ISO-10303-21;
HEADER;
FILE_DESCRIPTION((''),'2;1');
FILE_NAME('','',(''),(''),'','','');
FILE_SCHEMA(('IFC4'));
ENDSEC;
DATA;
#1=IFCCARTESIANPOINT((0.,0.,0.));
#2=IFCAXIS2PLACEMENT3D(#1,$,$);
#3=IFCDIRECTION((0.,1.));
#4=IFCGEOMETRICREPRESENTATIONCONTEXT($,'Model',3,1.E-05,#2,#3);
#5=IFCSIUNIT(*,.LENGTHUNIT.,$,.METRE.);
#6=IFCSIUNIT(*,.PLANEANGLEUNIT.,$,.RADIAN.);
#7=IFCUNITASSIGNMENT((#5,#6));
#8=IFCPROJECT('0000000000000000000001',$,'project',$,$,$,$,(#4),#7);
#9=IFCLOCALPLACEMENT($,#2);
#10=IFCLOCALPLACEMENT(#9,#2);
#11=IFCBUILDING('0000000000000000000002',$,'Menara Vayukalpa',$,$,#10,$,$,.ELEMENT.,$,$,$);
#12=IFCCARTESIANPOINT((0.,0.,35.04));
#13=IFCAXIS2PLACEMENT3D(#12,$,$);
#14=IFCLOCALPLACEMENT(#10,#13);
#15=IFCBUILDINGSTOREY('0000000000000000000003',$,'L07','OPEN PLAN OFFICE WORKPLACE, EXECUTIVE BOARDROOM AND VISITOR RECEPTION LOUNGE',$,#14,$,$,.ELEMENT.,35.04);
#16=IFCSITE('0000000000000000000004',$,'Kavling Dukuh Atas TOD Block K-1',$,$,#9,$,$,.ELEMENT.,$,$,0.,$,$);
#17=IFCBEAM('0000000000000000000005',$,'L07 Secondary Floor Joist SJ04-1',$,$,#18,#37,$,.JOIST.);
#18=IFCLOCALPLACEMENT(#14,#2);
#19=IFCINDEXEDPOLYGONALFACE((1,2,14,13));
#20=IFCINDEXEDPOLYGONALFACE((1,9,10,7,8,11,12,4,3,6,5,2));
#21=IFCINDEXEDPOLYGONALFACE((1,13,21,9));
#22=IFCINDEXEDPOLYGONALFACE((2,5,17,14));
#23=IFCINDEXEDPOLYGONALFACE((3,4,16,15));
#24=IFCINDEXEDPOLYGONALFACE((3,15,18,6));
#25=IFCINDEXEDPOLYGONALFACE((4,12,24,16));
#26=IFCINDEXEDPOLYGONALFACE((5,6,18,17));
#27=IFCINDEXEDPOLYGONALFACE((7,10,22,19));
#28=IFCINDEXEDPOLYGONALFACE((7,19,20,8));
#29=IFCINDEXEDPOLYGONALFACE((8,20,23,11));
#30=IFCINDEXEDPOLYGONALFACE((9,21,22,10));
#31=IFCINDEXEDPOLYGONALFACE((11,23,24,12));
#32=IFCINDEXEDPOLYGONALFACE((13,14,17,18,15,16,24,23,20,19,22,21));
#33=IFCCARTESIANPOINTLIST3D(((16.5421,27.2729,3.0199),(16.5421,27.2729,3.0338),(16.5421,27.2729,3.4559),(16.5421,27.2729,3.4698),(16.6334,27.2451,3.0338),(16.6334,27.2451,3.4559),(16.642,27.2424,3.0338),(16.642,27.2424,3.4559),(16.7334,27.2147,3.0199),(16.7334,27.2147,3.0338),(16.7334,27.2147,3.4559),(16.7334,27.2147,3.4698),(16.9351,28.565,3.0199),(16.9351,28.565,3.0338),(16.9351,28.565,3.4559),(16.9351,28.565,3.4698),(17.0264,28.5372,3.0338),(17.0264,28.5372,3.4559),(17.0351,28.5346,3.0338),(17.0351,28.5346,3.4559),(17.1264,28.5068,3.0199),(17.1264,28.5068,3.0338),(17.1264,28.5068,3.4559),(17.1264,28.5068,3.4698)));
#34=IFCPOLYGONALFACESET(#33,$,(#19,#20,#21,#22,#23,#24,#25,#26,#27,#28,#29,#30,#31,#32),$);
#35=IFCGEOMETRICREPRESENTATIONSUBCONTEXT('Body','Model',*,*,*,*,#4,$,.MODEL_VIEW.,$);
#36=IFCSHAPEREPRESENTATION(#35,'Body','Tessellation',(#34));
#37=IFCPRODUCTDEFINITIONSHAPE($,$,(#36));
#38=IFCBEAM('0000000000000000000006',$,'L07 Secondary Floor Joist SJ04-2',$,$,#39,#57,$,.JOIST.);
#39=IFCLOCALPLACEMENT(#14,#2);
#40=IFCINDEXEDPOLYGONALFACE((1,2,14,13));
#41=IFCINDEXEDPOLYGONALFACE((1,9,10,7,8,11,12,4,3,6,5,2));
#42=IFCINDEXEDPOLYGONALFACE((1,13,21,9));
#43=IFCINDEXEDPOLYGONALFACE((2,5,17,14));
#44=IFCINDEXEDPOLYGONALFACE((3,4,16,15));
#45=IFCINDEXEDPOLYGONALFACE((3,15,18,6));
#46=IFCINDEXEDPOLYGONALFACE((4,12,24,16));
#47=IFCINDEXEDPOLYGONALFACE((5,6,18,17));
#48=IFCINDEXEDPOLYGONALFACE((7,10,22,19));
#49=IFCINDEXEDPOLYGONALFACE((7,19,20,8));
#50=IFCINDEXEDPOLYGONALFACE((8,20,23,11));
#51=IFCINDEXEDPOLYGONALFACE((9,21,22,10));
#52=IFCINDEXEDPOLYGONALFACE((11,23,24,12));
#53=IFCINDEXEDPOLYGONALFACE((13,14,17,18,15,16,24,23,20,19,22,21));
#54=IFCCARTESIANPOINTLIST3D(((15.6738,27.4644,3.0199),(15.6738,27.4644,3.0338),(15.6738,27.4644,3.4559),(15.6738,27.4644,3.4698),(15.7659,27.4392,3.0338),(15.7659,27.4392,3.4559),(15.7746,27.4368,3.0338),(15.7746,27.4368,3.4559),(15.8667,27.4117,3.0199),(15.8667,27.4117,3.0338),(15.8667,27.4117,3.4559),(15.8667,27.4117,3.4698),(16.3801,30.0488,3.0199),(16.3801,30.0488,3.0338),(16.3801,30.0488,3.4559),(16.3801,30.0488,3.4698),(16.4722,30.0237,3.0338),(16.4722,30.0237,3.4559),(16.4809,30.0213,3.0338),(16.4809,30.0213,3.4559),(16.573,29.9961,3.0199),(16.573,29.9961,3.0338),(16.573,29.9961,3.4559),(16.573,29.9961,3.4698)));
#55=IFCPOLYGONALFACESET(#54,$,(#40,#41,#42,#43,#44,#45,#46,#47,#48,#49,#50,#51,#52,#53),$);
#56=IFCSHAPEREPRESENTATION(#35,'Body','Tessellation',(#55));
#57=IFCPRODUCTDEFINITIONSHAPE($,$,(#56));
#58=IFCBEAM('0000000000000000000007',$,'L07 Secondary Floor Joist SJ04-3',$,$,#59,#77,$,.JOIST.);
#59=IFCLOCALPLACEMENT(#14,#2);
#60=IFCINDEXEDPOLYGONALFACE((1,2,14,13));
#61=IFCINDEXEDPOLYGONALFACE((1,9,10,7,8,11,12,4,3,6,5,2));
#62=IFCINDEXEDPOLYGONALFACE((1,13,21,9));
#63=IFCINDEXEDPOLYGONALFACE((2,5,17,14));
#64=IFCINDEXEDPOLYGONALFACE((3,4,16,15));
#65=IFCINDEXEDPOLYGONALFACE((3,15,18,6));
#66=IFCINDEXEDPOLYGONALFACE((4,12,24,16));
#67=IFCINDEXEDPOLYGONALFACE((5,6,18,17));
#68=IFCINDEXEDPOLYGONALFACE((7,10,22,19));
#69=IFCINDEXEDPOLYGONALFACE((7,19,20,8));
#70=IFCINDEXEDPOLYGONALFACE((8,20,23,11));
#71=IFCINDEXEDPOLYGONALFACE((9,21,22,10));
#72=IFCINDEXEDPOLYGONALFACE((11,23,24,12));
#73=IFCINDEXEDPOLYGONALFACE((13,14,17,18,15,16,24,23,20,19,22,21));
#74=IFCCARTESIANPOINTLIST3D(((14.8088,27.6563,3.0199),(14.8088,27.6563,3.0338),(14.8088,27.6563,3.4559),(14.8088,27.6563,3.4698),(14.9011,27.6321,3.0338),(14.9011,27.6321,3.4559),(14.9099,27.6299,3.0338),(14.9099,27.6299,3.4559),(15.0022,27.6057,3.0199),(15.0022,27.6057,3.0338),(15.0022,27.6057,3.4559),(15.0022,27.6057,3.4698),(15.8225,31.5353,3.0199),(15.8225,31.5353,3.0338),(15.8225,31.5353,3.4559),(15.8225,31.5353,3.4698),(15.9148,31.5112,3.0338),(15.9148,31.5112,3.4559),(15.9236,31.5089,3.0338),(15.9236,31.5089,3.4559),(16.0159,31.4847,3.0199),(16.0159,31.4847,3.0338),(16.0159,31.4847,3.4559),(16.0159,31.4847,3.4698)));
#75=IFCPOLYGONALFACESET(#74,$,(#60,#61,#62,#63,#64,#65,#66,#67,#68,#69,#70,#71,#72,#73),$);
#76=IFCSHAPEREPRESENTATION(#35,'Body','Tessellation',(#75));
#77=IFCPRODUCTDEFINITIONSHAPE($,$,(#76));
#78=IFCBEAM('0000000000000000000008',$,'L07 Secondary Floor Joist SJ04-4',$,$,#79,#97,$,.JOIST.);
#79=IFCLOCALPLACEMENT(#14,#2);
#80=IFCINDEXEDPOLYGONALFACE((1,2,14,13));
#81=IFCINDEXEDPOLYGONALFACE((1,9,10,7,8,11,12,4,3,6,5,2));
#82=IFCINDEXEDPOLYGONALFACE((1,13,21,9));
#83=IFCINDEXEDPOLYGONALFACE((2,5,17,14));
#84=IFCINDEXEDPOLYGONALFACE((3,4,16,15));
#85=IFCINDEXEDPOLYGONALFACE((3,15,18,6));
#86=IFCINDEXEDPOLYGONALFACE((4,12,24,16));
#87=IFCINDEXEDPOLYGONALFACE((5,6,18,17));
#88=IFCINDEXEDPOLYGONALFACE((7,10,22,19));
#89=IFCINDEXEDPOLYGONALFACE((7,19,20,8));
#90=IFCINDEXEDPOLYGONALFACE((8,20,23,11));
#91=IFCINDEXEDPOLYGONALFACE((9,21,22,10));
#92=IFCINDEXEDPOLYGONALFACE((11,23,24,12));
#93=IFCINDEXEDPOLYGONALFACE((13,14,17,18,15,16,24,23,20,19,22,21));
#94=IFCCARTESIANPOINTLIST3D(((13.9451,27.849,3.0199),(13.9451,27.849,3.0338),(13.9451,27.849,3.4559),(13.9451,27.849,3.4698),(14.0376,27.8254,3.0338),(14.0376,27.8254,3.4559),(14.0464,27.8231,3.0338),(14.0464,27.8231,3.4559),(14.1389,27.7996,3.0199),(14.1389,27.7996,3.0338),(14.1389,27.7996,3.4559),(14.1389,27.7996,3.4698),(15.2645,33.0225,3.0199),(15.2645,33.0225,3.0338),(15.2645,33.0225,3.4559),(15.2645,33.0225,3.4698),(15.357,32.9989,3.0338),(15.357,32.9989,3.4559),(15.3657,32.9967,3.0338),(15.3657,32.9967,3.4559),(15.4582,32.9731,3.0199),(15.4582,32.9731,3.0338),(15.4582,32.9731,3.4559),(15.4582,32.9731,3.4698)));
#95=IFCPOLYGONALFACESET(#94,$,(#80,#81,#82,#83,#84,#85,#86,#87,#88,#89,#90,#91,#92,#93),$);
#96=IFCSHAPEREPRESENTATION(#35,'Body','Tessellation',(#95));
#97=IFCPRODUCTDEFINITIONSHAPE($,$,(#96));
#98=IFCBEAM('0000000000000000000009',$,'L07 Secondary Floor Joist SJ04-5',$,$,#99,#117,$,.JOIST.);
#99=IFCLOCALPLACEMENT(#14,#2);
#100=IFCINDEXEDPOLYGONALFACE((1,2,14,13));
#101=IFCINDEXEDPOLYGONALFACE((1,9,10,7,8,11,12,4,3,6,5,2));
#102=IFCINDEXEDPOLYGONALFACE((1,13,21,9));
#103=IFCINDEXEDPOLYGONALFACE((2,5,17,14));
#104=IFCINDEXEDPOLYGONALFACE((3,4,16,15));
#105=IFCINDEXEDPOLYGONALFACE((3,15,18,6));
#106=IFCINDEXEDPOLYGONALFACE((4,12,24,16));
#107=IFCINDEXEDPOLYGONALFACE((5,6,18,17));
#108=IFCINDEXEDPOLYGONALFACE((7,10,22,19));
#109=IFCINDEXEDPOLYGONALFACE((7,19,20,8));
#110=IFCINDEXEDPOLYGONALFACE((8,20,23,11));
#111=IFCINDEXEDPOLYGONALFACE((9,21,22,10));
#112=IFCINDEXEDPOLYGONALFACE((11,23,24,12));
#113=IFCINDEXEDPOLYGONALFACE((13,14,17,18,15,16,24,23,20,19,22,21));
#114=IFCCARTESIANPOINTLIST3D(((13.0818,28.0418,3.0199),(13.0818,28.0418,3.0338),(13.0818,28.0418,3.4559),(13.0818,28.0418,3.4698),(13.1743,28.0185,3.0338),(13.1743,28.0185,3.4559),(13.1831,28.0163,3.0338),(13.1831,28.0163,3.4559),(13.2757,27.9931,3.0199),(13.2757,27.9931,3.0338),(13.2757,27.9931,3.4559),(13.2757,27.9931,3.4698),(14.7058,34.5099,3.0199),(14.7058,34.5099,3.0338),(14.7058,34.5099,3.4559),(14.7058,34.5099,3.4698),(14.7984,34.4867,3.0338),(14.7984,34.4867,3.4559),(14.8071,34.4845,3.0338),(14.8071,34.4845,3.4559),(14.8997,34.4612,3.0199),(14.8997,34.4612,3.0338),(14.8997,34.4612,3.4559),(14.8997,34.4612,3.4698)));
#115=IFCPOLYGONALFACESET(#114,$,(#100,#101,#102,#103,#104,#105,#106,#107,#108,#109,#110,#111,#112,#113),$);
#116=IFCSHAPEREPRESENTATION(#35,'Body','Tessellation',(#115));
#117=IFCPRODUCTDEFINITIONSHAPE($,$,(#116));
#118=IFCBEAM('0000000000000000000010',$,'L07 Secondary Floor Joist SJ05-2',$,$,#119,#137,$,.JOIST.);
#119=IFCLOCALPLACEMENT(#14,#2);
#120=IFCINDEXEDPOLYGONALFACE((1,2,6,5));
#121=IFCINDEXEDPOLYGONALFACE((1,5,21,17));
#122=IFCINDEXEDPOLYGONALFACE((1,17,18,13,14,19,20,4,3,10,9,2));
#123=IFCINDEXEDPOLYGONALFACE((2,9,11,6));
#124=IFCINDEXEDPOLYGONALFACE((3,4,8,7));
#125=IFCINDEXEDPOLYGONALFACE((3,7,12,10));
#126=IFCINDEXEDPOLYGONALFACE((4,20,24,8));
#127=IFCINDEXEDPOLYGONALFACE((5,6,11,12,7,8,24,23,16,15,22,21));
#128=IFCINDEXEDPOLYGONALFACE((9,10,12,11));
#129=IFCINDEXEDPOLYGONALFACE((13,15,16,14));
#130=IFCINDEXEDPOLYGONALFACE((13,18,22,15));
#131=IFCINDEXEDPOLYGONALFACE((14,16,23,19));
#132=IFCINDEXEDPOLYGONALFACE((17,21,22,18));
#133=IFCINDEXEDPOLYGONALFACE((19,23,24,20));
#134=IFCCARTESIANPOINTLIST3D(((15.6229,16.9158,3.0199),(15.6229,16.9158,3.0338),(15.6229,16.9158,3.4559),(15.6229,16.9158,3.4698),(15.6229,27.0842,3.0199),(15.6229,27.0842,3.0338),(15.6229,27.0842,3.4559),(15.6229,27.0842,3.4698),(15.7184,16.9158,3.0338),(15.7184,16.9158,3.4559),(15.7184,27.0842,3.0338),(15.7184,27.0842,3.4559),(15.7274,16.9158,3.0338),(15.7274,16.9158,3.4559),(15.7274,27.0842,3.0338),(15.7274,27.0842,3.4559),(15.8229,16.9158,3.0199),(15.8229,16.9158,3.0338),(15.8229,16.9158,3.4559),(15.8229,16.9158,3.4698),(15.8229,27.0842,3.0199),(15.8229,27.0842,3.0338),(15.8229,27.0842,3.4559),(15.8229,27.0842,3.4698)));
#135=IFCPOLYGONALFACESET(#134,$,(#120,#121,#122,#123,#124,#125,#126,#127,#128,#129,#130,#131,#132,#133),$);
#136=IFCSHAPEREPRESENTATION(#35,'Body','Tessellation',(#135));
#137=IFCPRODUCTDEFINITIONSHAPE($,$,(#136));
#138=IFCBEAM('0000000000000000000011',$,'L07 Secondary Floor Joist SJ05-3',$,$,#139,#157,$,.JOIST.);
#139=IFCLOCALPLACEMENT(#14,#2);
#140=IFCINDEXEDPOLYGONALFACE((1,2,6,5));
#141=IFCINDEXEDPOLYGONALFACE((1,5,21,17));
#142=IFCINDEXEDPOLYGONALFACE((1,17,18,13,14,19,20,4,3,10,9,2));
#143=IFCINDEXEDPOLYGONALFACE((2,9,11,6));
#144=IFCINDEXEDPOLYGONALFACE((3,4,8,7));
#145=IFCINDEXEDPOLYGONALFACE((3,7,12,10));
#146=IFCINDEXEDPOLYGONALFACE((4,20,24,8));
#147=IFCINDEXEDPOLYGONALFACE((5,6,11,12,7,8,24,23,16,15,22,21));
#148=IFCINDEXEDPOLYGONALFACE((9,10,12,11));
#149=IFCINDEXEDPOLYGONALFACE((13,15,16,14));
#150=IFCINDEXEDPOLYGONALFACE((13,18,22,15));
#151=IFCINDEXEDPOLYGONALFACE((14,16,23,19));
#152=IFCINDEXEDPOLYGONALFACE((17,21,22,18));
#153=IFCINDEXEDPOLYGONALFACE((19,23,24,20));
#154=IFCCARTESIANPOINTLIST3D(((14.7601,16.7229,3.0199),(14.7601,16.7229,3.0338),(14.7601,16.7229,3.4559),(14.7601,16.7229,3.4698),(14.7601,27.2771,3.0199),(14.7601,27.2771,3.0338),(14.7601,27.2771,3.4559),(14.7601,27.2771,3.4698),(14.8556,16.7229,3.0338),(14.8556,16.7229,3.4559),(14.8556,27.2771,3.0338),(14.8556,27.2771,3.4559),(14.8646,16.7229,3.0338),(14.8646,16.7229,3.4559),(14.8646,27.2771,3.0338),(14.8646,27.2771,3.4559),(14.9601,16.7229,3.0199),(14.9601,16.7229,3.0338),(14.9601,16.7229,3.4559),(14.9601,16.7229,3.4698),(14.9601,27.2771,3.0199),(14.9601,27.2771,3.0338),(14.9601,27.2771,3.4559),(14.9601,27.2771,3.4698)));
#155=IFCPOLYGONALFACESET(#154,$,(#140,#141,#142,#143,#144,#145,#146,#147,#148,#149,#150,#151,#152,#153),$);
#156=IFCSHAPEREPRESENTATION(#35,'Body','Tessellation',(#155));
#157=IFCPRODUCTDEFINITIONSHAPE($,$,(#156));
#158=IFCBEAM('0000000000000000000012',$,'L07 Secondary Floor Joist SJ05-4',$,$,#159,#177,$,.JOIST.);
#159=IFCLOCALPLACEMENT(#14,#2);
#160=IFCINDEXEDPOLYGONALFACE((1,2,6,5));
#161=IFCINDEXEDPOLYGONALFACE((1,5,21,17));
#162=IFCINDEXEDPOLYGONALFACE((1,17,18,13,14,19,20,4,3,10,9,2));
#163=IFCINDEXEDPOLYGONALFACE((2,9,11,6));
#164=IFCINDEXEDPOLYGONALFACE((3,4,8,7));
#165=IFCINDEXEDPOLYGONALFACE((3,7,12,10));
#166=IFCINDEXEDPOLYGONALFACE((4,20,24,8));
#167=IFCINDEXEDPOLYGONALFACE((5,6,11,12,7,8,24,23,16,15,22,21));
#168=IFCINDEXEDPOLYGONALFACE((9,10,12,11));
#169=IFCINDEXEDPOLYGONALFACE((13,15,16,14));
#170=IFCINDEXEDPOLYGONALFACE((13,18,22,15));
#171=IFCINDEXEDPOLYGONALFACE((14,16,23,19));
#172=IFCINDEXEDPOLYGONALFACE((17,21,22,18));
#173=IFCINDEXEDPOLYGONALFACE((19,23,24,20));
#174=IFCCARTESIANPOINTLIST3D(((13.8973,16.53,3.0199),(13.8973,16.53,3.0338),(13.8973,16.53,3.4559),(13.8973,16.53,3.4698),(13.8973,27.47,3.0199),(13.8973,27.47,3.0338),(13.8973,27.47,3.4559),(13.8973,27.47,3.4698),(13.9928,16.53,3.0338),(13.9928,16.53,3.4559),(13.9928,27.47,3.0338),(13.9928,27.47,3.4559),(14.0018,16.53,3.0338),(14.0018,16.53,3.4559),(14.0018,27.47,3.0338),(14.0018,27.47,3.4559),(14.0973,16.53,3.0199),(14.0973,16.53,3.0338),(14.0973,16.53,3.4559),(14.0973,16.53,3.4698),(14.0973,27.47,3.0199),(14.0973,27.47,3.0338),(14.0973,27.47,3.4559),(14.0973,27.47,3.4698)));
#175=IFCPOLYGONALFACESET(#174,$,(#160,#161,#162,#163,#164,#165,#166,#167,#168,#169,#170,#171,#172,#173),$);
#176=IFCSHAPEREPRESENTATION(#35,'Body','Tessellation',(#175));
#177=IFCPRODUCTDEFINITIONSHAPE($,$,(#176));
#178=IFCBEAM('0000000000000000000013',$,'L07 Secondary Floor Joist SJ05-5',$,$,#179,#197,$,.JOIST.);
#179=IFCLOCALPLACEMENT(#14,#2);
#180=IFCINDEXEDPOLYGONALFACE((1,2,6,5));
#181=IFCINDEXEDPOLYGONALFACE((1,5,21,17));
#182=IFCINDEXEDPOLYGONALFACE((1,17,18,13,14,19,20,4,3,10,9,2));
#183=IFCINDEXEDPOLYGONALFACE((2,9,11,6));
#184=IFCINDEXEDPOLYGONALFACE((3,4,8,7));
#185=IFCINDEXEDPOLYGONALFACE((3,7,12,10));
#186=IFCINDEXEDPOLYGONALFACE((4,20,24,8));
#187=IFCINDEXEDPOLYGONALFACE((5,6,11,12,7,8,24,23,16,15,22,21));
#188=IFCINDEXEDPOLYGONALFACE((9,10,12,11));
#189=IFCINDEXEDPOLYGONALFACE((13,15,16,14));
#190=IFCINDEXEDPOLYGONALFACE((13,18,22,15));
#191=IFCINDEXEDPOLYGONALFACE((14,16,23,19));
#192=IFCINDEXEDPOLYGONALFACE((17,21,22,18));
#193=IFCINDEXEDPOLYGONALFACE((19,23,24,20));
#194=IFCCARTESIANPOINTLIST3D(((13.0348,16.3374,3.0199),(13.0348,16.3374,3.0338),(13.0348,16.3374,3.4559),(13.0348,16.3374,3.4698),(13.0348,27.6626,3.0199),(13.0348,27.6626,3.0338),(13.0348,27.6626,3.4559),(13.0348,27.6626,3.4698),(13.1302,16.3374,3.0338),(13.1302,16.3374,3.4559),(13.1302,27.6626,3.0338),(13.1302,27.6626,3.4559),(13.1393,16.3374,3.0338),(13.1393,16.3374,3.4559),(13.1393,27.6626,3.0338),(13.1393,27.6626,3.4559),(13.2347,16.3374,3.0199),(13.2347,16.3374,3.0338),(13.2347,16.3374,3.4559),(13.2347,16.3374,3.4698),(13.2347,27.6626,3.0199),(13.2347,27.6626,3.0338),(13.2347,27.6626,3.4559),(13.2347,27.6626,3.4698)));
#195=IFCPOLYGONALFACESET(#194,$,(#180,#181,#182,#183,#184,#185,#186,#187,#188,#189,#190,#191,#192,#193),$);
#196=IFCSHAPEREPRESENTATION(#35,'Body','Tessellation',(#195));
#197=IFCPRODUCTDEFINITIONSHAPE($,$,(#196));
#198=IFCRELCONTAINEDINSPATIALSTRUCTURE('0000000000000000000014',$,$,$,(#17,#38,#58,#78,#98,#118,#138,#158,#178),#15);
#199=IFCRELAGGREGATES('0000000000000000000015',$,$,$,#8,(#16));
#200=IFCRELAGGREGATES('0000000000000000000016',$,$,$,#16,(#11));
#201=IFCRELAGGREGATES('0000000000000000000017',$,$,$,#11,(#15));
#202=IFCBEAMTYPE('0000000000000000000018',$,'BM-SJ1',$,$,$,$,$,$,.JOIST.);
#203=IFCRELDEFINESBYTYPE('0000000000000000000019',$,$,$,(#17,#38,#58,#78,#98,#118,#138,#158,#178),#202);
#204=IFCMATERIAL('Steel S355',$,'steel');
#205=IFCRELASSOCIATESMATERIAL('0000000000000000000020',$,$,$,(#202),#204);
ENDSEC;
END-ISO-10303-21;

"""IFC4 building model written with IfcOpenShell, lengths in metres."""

from ifc_helpers import new_model, si_unit, direction, frame, origin, origin_2d, place, context, subcontext, project, spatial, i_section, extrude, material, material_profile, profile_set, type_object, element, save


model = new_model("IFC4")

# Units and contexts
model_context = context("Model", 3, precision=1e-05, world=origin(), true_north=direction((0.0, 1.0)))
body_context = subcontext(model_context, "Body", "Model", "MODEL_VIEW")
ifc_project = project(units=[si_unit("LENGTHUNIT", "METRE"), si_unit("PLANEANGLEUNIT", "RADIAN")], contexts=[model_context])

# Site, building, storey
site_placement = place(None, origin())
site = spatial("IfcSite", under=ifc_project, at=site_placement, Name="Kavling Dukuh Atas TOD Block K-1", CompositionType="ELEMENT", RefElevation=0.0)
building_placement = place(site_placement, origin())
building = spatial("IfcBuilding", under=site, at=building_placement, Name="Menara Vayukalpa", CompositionType="ELEMENT")
storey_placement = place(building_placement, frame((0.0, 0.0, 35.04)))
storey = spatial("IfcBuildingStorey", under=building, at=storey_placement, Name="L07", Description="OPEN PLAN OFFICE WORKPLACE, EXECUTIVE BOARDROOM AND VISITOR RECEPTION LOUNGE", CompositionType="ELEMENT", Elevation=35.04)

# Beams
ifc_material_1 = material(Name="Steel S355", Category="steel")
ifc_material_profile_1 = material_profile(ifc_material_1, i_section(OverallWidth=0.2, OverallDepth=0.45, WebThickness=0.009, FlangeThickness=0.0139, at=origin_2d()), Name="WF 450x200x9x14")
ifc_profile_set_1 = profile_set([ifc_material_profile_1], Name="Steel S355")
beam_type_1 = type_object("IfcBeamType", Name="BM-SJ1", PredefinedType="JOIST", material=ifc_profile_set_1)
beam_1_placement = place(storey_placement, frame((17.0308, 28.5359, 3.2449), z_axis=(-0.291011, -0.95672, 0.0), x_axis=(0.95672, -0.291011, 0.0)))
element("IfcBeam", 1, at=beam_1_placement, inside=storey, type_object=beam_type_1, Name="L07 Secondary Floor Joist SJ04-1", PredefinedType="JOIST", context=body_context, shape_type="SweptSolid", body=[
    extrude(i_section(OverallWidth=0.2, OverallDepth=0.45, WebThickness=0.009, FlangeThickness=0.0139, at=origin_2d()), origin(), (0.0, 0.0, 1.0), 1.3506),
])
beam_2_placement = place(storey_placement, frame((16.4766, 30.0225, 3.2449), z_axis=(-0.263619, -0.964627, 0.0), x_axis=(0.964627, -0.263619, 0.0)))
element("IfcBeam", 2, at=beam_2_placement, inside=storey, type_object=beam_type_1, Name="L07 Secondary Floor Joist SJ04-2", PredefinedType="JOIST", context=body_context, shape_type="SweptSolid", body=[
    extrude(i_section(OverallWidth=0.2, OverallDepth=0.45, WebThickness=0.009, FlangeThickness=0.0139, at=origin_2d()), origin(), (0.0, 0.0, 1.0), 2.6792),
])
beam_3_placement = place(storey_placement, frame((15.9192, 31.51, 3.2449), z_axis=(-0.252838, -0.967509, 0.0), x_axis=(0.967509, -0.252838, 0.0)))
element("IfcBeam", 3, at=beam_3_placement, inside=storey, type_object=beam_type_1, Name="L07 Secondary Floor Joist SJ04-3", PredefinedType="JOIST", context=body_context, shape_type="SweptSolid", body=[
    extrude(i_section(OverallWidth=0.2, OverallDepth=0.45, WebThickness=0.009, FlangeThickness=0.0139, at=origin_2d()), origin(), (0.0, 0.0, 1.0), 4.0093),
])
beam_4_placement = place(storey_placement, frame((15.3613, 32.9978, 3.2449), z_axis=(-0.247106, -0.968989, 0.0), x_axis=(0.968989, -0.247106, 0.0)))
element("IfcBeam", 4, at=beam_4_placement, inside=storey, type_object=beam_type_1, Name="L07 Secondary Floor Joist SJ04-4", PredefinedType="JOIST", context=body_context, shape_type="SweptSolid", body=[
    extrude(i_section(OverallWidth=0.2, OverallDepth=0.45, WebThickness=0.009, FlangeThickness=0.0139, at=origin_2d()), origin(), (0.0, 0.0, 1.0), 5.3391),
])
beam_5_placement = place(storey_placement, frame((14.8027, 34.4856, 3.2449), z_axis=(-0.243517, -0.969897, 0.0), x_axis=(0.969897, -0.243517, 0.0)))
element("IfcBeam", 5, at=beam_5_placement, inside=storey, type_object=beam_type_1, Name="L07 Secondary Floor Joist SJ04-5", PredefinedType="JOIST", context=body_context, shape_type="SweptSolid", body=[
    extrude(i_section(OverallWidth=0.2, OverallDepth=0.45, WebThickness=0.009, FlangeThickness=0.0139, at=origin_2d()), origin(), (0.0, 0.0, 1.0), 6.6689),
])
beam_6_placement = place(storey_placement, frame((15.7229, 27.0842, 3.2449), z_axis=(0.0, -1.0, 0.0), x_axis=(1.0, 0.0, 0.0)))
element("IfcBeam", 6, at=beam_6_placement, inside=storey, type_object=beam_type_1, Name="L07 Secondary Floor Joist SJ05-2", PredefinedType="JOIST", context=body_context, shape_type="SweptSolid", body=[
    extrude(i_section(OverallWidth=0.2, OverallDepth=0.45, WebThickness=0.009, FlangeThickness=0.0139, at=origin_2d()), origin(), (0.0, 0.0, 1.0), 10.1685),
])
beam_7_placement = place(storey_placement, frame((14.8601, 27.2771, 3.2449), z_axis=(0.0, -1.0, 0.0), x_axis=(1.0, 0.0, 0.0)))
element("IfcBeam", 7, at=beam_7_placement, inside=storey, type_object=beam_type_1, Name="L07 Secondary Floor Joist SJ05-3", PredefinedType="JOIST", context=body_context, shape_type="SweptSolid", body=[
    extrude(i_section(OverallWidth=0.2, OverallDepth=0.45, WebThickness=0.009, FlangeThickness=0.0139, at=origin_2d()), origin(), (0.0, 0.0, 1.0), 10.5542),
])
beam_8_placement = place(storey_placement, frame((13.9973, 27.47, 3.2449), z_axis=(0.0, -1.0, 0.0), x_axis=(1.0, 0.0, 0.0)))
element("IfcBeam", 8, at=beam_8_placement, inside=storey, type_object=beam_type_1, Name="L07 Secondary Floor Joist SJ05-4", PredefinedType="JOIST", context=body_context, shape_type="SweptSolid", body=[
    extrude(i_section(OverallWidth=0.2, OverallDepth=0.45, WebThickness=0.009, FlangeThickness=0.0139, at=origin_2d()), origin(), (0.0, 0.0, 1.0), 10.9399),
])
beam_9_placement = place(storey_placement, frame((13.1348, 27.6626, 3.2449), z_axis=(0.0, -1.0, 0.0), x_axis=(1.0, 0.0, 0.0)))
element("IfcBeam", 9, at=beam_9_placement, inside=storey, type_object=beam_type_1, Name="L07 Secondary Floor Joist SJ05-5", PredefinedType="JOIST", context=body_context, shape_type="SweptSolid", body=[
    extrude(i_section(OverallWidth=0.2, OverallDepth=0.45, WebThickness=0.009, FlangeThickness=0.0139, at=origin_2d()), origin(), (0.0, 0.0, 1.0), 11.3252),
])

save(model, "model.ifc")
